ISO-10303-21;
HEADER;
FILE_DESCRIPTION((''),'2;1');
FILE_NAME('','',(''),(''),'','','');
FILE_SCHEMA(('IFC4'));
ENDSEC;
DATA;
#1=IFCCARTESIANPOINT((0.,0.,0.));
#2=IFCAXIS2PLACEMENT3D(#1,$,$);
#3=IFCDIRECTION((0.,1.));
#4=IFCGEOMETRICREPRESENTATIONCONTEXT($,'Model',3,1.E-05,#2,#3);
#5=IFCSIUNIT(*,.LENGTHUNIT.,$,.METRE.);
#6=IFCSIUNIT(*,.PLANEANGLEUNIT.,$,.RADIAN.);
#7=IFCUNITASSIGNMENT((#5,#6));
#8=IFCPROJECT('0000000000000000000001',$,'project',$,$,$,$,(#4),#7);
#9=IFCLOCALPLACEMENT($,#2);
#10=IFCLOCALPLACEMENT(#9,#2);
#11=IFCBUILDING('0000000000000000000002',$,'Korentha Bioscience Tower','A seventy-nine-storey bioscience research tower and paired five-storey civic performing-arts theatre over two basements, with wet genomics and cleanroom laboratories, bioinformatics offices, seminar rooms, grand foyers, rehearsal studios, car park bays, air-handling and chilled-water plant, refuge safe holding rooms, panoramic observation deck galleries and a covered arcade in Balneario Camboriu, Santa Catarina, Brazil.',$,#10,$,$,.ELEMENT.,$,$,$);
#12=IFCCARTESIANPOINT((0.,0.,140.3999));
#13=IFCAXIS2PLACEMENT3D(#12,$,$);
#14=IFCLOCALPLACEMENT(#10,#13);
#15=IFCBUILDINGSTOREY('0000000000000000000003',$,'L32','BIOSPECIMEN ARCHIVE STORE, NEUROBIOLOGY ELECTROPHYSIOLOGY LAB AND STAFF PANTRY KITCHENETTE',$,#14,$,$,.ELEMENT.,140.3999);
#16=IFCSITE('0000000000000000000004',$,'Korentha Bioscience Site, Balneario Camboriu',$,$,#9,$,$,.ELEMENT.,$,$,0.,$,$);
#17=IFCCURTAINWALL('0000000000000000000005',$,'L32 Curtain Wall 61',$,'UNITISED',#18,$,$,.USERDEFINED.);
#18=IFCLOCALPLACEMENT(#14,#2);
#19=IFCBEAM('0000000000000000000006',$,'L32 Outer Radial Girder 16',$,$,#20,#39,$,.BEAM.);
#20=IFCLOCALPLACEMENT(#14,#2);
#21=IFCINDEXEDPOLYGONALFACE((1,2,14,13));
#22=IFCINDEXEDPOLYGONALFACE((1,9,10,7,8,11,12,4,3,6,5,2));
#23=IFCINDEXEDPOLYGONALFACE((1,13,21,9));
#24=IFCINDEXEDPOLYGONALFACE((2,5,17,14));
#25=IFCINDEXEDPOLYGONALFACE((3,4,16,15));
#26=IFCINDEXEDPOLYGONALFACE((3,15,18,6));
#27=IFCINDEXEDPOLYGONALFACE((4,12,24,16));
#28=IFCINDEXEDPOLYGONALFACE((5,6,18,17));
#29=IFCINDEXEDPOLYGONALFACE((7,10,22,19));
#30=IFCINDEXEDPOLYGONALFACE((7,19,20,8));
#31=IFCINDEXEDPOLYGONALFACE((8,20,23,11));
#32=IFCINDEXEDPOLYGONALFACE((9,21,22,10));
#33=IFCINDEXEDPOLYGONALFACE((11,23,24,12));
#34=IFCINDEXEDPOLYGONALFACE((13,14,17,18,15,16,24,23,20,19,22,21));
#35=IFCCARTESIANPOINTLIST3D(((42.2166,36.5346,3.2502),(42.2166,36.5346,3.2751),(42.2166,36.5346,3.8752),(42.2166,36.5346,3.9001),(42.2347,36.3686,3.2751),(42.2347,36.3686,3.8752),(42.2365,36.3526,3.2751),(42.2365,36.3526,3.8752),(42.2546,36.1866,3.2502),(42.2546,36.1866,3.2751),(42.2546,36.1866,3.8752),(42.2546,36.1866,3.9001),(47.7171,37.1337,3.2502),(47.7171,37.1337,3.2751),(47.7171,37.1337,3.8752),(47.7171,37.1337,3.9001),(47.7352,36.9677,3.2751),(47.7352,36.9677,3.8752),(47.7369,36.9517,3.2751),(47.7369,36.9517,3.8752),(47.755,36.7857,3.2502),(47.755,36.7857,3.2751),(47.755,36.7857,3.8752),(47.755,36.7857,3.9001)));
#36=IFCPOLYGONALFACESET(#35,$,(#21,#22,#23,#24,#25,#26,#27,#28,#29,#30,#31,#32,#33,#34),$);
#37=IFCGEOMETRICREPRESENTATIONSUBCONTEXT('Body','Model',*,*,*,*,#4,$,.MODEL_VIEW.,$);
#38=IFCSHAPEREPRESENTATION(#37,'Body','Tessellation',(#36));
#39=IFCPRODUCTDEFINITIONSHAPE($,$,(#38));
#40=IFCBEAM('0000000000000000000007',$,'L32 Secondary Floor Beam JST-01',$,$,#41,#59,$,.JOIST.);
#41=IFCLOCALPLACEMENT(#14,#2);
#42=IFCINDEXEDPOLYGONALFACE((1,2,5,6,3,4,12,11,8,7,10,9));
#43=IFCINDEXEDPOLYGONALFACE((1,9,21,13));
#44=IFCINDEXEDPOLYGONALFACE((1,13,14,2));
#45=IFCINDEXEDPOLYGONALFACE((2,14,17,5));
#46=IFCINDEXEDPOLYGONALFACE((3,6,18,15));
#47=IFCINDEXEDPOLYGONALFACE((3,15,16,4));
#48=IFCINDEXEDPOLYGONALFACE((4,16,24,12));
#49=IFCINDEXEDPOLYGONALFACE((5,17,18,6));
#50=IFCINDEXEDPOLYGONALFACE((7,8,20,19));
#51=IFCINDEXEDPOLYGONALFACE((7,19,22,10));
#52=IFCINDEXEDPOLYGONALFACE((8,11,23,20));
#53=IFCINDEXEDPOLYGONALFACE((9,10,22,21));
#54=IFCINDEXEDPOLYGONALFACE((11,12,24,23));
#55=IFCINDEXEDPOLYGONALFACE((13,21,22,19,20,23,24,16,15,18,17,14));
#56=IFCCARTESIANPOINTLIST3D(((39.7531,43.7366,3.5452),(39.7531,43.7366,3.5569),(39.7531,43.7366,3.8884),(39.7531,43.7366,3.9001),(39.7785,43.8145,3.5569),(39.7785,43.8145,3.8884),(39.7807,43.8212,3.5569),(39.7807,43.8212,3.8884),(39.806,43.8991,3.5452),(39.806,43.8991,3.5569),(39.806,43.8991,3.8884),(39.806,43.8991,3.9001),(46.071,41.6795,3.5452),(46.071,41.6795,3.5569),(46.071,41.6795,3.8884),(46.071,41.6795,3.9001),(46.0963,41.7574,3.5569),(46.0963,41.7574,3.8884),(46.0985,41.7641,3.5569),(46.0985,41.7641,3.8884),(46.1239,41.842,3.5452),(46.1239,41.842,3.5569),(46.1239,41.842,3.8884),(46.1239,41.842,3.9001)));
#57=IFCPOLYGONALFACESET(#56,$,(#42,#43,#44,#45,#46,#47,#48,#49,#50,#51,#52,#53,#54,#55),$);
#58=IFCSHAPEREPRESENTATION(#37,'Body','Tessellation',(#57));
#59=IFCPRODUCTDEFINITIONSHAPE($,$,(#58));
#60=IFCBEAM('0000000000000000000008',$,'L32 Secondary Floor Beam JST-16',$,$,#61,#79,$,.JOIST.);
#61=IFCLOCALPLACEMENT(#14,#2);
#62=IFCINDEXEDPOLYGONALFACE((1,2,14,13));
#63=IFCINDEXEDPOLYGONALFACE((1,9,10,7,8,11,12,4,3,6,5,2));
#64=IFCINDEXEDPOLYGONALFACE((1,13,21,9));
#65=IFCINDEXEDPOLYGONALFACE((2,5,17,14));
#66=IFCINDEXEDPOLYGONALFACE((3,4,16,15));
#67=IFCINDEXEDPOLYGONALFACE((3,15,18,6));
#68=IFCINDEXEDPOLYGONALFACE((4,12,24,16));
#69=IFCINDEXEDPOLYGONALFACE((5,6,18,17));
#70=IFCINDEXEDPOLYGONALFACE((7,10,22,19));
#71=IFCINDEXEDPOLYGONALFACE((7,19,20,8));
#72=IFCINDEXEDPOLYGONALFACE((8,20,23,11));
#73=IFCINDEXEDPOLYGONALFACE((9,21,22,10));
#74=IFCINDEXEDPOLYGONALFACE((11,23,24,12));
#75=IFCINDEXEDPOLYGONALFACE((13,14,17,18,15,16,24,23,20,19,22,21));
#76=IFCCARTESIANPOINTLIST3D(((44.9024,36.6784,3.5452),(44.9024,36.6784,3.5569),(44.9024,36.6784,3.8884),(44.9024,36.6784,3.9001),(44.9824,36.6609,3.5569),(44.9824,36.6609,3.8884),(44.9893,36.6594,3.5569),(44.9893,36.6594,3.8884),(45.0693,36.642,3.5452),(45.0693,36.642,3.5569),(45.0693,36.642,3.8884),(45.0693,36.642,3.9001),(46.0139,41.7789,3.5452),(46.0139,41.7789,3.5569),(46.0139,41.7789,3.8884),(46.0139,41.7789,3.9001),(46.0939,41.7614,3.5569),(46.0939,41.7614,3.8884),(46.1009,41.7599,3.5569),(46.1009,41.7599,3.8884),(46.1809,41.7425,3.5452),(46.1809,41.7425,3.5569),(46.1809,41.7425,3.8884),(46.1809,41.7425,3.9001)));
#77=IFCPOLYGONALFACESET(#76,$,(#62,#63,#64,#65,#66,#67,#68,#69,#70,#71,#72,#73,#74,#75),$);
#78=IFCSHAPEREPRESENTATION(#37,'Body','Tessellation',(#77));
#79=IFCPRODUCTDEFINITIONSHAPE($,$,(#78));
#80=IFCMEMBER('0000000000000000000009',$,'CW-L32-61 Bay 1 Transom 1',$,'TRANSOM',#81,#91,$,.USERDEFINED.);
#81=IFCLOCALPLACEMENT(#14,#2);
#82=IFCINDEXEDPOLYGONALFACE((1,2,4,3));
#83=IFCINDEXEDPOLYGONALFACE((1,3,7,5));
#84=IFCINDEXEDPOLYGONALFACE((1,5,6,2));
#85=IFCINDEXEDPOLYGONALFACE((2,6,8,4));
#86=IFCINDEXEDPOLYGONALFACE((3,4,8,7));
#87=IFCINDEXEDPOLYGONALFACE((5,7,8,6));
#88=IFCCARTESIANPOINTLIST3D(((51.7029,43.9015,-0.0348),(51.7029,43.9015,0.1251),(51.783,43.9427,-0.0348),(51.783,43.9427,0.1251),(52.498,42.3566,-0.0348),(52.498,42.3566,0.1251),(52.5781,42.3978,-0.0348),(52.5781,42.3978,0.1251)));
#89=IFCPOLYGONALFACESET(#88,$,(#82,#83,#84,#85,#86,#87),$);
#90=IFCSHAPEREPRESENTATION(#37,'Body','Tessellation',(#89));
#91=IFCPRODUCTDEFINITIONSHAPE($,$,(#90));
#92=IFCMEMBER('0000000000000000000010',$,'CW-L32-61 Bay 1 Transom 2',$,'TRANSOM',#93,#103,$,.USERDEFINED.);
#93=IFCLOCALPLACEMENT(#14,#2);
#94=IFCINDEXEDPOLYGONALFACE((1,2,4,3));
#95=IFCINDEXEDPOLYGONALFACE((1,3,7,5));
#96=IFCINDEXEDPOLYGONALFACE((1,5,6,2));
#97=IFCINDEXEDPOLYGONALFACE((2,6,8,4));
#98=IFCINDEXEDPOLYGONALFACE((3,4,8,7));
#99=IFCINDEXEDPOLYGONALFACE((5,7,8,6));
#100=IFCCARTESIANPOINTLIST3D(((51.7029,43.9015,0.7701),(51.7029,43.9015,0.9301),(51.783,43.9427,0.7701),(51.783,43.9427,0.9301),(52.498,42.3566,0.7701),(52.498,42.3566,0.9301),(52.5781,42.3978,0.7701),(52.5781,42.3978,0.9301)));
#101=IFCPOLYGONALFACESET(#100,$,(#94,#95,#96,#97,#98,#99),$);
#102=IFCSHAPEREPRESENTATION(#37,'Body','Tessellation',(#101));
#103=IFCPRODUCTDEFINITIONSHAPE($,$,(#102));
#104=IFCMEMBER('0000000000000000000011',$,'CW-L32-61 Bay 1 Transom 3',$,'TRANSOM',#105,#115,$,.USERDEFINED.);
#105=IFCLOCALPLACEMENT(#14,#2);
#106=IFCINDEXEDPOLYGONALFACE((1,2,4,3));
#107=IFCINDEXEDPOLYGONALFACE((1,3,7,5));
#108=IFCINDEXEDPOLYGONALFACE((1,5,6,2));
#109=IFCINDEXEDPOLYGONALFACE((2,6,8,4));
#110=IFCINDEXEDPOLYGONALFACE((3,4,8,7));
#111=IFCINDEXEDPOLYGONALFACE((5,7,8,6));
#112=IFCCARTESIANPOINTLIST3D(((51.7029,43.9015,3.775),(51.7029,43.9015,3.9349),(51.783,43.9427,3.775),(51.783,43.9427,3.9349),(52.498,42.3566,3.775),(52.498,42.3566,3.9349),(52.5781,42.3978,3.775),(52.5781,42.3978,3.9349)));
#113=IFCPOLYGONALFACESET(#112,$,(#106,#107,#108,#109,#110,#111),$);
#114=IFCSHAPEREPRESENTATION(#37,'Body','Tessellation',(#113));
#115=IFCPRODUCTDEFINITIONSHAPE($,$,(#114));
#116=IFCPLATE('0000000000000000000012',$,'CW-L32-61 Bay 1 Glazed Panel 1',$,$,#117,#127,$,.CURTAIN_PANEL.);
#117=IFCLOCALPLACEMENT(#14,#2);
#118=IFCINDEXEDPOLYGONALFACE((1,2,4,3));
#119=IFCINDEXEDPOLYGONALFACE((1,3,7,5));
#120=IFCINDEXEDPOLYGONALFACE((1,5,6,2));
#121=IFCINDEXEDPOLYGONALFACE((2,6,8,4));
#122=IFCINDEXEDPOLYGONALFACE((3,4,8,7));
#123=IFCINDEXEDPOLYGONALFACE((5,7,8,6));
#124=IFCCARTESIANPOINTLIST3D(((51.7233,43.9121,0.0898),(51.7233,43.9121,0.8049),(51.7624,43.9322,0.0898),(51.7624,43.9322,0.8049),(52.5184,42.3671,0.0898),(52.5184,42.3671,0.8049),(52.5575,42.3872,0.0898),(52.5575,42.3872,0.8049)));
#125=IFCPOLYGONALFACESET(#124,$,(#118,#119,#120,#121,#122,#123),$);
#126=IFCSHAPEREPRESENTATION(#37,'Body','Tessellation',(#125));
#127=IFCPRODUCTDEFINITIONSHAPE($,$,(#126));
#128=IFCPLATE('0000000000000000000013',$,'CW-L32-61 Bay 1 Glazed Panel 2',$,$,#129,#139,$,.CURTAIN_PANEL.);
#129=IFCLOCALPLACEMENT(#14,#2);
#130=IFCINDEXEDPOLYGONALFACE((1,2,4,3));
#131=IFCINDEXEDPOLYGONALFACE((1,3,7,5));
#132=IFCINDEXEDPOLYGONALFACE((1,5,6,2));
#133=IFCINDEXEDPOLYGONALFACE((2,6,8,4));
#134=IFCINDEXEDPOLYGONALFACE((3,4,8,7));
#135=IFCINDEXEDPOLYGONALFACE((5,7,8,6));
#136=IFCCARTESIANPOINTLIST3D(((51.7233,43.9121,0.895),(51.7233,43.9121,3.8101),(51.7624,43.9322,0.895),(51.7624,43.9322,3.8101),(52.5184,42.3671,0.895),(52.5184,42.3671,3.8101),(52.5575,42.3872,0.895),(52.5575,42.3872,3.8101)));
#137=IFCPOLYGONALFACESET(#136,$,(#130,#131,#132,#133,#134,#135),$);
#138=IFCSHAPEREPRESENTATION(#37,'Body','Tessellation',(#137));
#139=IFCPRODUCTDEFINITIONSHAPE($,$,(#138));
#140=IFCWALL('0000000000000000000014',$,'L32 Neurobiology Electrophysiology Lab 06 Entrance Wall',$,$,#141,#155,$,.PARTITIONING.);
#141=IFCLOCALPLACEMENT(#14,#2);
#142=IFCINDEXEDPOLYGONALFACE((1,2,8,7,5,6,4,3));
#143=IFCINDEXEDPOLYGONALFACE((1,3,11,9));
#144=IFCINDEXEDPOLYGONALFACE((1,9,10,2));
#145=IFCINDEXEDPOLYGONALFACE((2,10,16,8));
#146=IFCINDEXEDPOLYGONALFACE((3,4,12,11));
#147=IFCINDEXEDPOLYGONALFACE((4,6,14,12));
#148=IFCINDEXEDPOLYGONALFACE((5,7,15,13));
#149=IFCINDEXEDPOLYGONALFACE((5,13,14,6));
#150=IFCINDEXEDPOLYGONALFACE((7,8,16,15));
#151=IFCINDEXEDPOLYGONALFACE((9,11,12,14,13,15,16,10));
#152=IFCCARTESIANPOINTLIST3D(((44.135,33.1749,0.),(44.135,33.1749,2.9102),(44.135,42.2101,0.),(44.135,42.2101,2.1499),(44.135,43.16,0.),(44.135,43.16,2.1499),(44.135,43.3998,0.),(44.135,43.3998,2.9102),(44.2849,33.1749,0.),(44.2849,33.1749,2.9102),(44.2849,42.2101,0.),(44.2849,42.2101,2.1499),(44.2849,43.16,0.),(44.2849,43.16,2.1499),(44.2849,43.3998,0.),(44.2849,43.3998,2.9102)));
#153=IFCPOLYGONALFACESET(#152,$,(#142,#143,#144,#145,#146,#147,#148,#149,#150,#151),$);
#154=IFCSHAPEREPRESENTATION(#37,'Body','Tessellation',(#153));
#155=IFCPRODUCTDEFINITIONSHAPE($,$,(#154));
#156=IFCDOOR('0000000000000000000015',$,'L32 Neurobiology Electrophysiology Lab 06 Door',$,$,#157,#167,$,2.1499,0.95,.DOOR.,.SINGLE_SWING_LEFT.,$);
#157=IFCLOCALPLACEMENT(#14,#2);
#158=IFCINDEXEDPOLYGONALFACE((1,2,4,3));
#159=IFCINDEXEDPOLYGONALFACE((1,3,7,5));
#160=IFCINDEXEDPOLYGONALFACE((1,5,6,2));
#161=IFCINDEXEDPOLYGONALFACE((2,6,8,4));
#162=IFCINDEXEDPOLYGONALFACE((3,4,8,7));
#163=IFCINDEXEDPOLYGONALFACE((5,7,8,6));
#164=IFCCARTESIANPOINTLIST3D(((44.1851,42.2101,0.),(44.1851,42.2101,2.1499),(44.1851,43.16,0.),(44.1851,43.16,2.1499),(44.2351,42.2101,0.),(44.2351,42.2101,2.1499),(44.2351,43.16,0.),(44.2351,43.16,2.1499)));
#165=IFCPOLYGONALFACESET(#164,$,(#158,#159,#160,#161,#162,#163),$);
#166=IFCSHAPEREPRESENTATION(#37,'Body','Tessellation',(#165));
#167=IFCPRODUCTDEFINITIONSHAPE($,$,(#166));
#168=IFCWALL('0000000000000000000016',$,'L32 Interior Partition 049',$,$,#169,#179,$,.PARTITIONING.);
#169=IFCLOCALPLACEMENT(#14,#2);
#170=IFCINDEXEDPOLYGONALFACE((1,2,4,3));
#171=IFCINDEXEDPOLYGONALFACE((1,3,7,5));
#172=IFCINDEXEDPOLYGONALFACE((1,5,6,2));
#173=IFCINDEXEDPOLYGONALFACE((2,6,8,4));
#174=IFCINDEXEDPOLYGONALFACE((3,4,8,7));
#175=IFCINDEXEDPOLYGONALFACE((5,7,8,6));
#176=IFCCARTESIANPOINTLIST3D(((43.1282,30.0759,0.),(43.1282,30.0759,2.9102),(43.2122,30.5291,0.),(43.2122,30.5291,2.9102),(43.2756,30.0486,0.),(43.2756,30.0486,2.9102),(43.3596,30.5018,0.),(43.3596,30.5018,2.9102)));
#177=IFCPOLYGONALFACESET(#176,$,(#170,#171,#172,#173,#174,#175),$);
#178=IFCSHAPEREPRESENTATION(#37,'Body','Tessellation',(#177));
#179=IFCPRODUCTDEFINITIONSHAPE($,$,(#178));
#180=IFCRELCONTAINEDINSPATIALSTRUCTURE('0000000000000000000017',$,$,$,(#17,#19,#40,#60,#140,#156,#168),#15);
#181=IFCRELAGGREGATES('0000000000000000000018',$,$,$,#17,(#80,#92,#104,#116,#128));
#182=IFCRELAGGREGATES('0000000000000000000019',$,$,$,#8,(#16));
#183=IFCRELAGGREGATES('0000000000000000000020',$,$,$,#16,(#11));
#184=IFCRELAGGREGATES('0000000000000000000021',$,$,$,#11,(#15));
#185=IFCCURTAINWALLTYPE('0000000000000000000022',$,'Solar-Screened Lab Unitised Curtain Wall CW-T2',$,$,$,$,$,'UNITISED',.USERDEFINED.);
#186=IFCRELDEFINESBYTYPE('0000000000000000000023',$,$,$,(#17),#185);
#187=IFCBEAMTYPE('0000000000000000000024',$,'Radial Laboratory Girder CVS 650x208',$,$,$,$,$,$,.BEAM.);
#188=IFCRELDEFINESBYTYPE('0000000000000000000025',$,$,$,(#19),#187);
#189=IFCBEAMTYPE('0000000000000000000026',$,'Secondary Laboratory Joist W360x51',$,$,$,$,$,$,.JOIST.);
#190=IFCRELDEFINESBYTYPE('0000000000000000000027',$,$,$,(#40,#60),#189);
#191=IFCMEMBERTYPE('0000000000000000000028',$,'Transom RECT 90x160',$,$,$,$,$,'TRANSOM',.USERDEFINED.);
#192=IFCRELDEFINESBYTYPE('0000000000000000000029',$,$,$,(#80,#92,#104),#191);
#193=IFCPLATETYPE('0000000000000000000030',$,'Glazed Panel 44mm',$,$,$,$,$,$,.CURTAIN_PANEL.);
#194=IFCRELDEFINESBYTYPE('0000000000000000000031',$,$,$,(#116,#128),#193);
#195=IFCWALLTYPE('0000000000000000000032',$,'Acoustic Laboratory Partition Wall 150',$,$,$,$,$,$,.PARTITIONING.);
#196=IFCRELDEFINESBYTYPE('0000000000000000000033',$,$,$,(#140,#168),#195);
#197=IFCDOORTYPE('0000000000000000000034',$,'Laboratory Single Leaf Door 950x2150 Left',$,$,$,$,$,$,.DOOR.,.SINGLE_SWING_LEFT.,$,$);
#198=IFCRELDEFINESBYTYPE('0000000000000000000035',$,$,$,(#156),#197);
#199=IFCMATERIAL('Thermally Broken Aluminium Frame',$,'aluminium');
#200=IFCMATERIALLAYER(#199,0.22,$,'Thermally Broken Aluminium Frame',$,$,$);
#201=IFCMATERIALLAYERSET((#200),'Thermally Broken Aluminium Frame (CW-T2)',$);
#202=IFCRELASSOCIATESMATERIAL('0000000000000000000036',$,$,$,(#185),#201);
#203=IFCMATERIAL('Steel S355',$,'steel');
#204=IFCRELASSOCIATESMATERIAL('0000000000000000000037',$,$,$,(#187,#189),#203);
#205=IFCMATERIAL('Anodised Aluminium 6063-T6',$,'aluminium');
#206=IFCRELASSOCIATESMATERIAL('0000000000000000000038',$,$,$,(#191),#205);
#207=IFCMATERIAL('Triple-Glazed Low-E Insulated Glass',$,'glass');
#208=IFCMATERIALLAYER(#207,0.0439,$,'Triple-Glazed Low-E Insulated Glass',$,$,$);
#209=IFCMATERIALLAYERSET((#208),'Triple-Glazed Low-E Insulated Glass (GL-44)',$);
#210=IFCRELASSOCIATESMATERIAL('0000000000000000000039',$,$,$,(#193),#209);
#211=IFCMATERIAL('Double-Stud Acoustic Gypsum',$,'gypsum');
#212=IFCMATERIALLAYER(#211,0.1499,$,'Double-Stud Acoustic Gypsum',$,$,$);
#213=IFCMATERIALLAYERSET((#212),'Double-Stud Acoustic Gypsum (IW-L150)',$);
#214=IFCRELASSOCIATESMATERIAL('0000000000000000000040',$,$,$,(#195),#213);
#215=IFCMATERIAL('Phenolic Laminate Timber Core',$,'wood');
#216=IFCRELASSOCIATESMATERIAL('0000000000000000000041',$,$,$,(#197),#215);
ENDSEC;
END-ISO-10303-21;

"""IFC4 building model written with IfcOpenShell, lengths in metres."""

from ifc_helpers import new_model, si_unit, direction, frame, frame_2d, origin, origin_2d, place, context, subcontext, project, spatial, rectangle, i_section, extrude, material, layer, layer_set, material_profile, profile_set, type_object, element, fill, aggregate, save


model = new_model("IFC4")

# Units and contexts
model_context = context("Model", 3, precision=1e-05, world=origin(), true_north=direction((0.0, 1.0)))
body_context = subcontext(model_context, "Body", "Model", "MODEL_VIEW")
ifc_project = project(units=[si_unit("LENGTHUNIT", "METRE"), si_unit("PLANEANGLEUNIT", "RADIAN")], contexts=[model_context])

# Site, building, storey
site_placement = place(None, origin())
site = spatial("IfcSite", under=ifc_project, at=site_placement, Name="Korentha Bioscience Site, Balneario Camboriu", CompositionType="ELEMENT", RefElevation=0.0)
building_placement = place(site_placement, origin())
building = spatial("IfcBuilding", under=site, at=building_placement, Name="Korentha Bioscience Tower", Description="A seventy-nine-storey bioscience research tower and paired five-storey civic performing-arts theatre over two basements, with wet genomics and cleanroom laboratories, bioinformatics offices, seminar rooms, grand foyers, rehearsal studios, car park bays, air-handling and chilled-water plant, refuge safe holding rooms, panoramic observation deck galleries and a covered arcade in Balneario Camboriu, Santa Catarina, Brazil.", CompositionType="ELEMENT")
storey_placement = place(building_placement, frame((0.0, 0.0, 140.3999)))
storey = spatial("IfcBuildingStorey", under=building, at=storey_placement, Name="L32", Description="BIOSPECIMEN ARCHIVE STORE, NEUROBIOLOGY ELECTROPHYSIOLOGY LAB AND STAFF PANTRY KITCHENETTE", CompositionType="ELEMENT", Elevation=140.3999)

# Shared definitions
ifc_material_1 = material(Name="Steel S355", Category="steel")

# Curtain wall
ifc_material_2 = material(Name="Thermally Broken Aluminium Frame", Category="aluminium")
ifc_layer_1 = layer(ifc_material_2, 0.22, Name="Thermally Broken Aluminium Frame")
ifc_layer_set_1 = layer_set([ifc_layer_1], Name="Thermally Broken Aluminium Frame (CW-T2)")
curtain_wall_type = type_object("IfcCurtainWallType", Name="Solar-Screened Lab Unitised Curtain Wall CW-T2", ElementType="UNITISED", PredefinedType="USERDEFINED", material=ifc_layer_set_1)
curtain_wall_placement = place(storey_placement, origin())
curtain_wall = element("IfcCurtainWall", 1, at=curtain_wall_placement, inside=storey, type_object=curtain_wall_type, Name="L32 Curtain Wall 61", ObjectType="UNITISED", PredefinedType="USERDEFINED")
ifc_material_3 = material(Name="Anodised Aluminium 6063-T6", Category="aluminium")

# Beams
ifc_material_profile_1 = material_profile(ifc_material_1, i_section(OverallWidth=0.3501, OverallDepth=0.6499, WebThickness=0.0161, FlangeThickness=0.0249, at=origin_2d()), Name="Steel S355")
ifc_profile_set_1 = profile_set([ifc_material_profile_1], Name="Steel S355 (RB-650)")
beam_type_1 = type_object("IfcBeamType", Name="Radial Laboratory Girder CVS 650x208", PredefinedType="BEAM", material=ifc_profile_set_1)
beam_1_placement = place(storey_placement, frame((42.2356, 36.3606, 3.5752), z_axis=(0.99412, 0.108281, 0.0), x_axis=(-0.108281, 0.99412, 0.0)))
element("IfcBeam", 2, at=beam_1_placement, inside=storey, type_object=beam_type_1, Name="L32 Outer Radial Girder 16", PredefinedType="BEAM", context=body_context, shape_type="SweptSolid", body=[
    extrude(i_section(OverallWidth=0.3501, OverallDepth=0.6499, WebThickness=0.0161, FlangeThickness=0.0249, at=origin_2d()), origin(), (0.0, 0.0, 1.0), 5.533),
])
ifc_material_profile_2 = material_profile(ifc_material_1, i_section(OverallWidth=0.1709, OverallDepth=0.355, WebThickness=0.0071, FlangeThickness=0.0117, at=origin_2d()), Name="Steel S355")
ifc_profile_set_2 = profile_set([ifc_material_profile_2], Name="Steel S355 (JB-360)")
beam_type_2 = type_object("IfcBeamType", Name="Secondary Laboratory Joist W360x51", PredefinedType="JOIST", material=ifc_profile_set_2)
beam_2_placement = place(storey_placement, frame((46.0974, 41.7607, 3.7227), z_axis=(-0.950865, 0.309606, 0.0), x_axis=(-0.309606, -0.950865, 0.0)))
element("IfcBeam", 3, at=beam_2_placement, inside=storey, type_object=beam_type_2, Name="L32 Secondary Floor Beam JST-01", PredefinedType="JOIST", context=body_context, shape_type="SweptSolid", body=[
    extrude(i_section(OverallWidth=0.1709, OverallDepth=0.355, WebThickness=0.0071, FlangeThickness=0.0117, at=origin_2d()), origin(), (0.0, 0.0, 1.0), 6.6443),
])
beam_3_placement = place(storey_placement, frame((44.9858, 36.6602, 3.7227), z_axis=(0.212932, 0.977067, 0.0), x_axis=(-0.977067, 0.212932, 0.0)))
element("IfcBeam", 4, at=beam_3_placement, inside=storey, type_object=beam_type_2, Name="L32 Secondary Floor Beam JST-16", PredefinedType="JOIST", context=body_context, shape_type="SweptSolid", body=[
    extrude(i_section(OverallWidth=0.1709, OverallDepth=0.355, WebThickness=0.0071, FlangeThickness=0.0117, at=origin_2d()), origin(), (0.0, 0.0, 1.0), 5.2202),
])

# Members
ifc_material_profile_3 = material_profile(ifc_material_3, rectangle(XDim=0.0901, YDim=0.1599, at=origin_2d()), Name="Anodised Aluminium 6063-T6")
ifc_profile_set_3 = profile_set([ifc_material_profile_3], Name="Anodised Aluminium 6063-T6 (CW-TRN)")
member_type_1 = type_object("IfcMemberType", Name="Transom RECT 90x160", ElementType="TRANSOM", PredefinedType="USERDEFINED", material=ifc_profile_set_3)
member_1_placement = place(storey_placement, frame((52.5381, 42.3772, 0.0452), z_axis=(-0.457637, 0.889139, 0.0), x_axis=(-0.889139, -0.457637, 0.0)))
member_1 = element("IfcMember", 5, at=member_1_placement, type_object=member_type_1, Name="CW-L32-61 Bay 1 Transom 1", ObjectType="TRANSOM", PredefinedType="USERDEFINED", context=body_context, shape_type="SweptSolid", body=[
    extrude(rectangle(XDim=0.0901, YDim=0.1599, at=origin_2d()), origin(), (0.0, 0.0, 1.0), 1.7375),
])
member_2_placement = place(storey_placement, frame((52.5381, 42.3772, 0.8501), z_axis=(-0.457637, 0.889139, 0.0), x_axis=(-0.889139, -0.457637, 0.0)))
member_2 = element("IfcMember", 6, at=member_2_placement, type_object=member_type_1, Name="CW-L32-61 Bay 1 Transom 2", ObjectType="TRANSOM", PredefinedType="USERDEFINED", context=body_context, shape_type="SweptSolid", body=[
    extrude(rectangle(XDim=0.0901, YDim=0.1599, at=origin_2d()), origin(), (0.0, 0.0, 1.0), 1.7375),
])
member_3_placement = place(storey_placement, frame((52.5381, 42.3772, 3.855), z_axis=(-0.457637, 0.889139, 0.0), x_axis=(-0.889139, -0.457637, 0.0)))
member_3 = element("IfcMember", 7, at=member_3_placement, type_object=member_type_1, Name="CW-L32-61 Bay 1 Transom 3", ObjectType="TRANSOM", PredefinedType="USERDEFINED", context=body_context, shape_type="SweptSolid", body=[
    extrude(rectangle(XDim=0.0901, YDim=0.1599, at=origin_2d()), origin(), (0.0, 0.0, 1.0), 1.7375),
])

# Plates
ifc_material_4 = material(Name="Triple-Glazed Low-E Insulated Glass", Category="glass")
ifc_layer_2 = layer(ifc_material_4, 0.0439, Name="Triple-Glazed Low-E Insulated Glass")
ifc_layer_set_2 = layer_set([ifc_layer_2], Name="Triple-Glazed Low-E Insulated Glass (GL-44)")
plate_type = type_object("IfcPlateType", Name="Glazed Panel 44mm", PredefinedType="CURTAIN_PANEL", material=ifc_layer_set_2)
plate_1_placement = place(storey_placement, frame((52.1404, 43.1497, 0.0898), z_axis=(0.0, 0.0, 1.0), x_axis=(-0.457613, 0.889151, 0.0)))
plate_1 = element("IfcPlate", 8, at=plate_1_placement, type_object=plate_type, Name="CW-L32-61 Bay 1 Glazed Panel 1", PredefinedType="CURTAIN_PANEL", context=body_context, shape_type="SweptSolid", body=[
    extrude(rectangle(XDim=1.7375, YDim=0.0439, at=origin_2d()), origin(), (0.0, 0.0, 1.0), 0.7151),
])
plate_2_placement = place(storey_placement, frame((52.1404, 43.1497, 0.895), z_axis=(0.0, 0.0, 1.0), x_axis=(-0.457613, 0.889151, 0.0)))
plate_2 = element("IfcPlate", 9, at=plate_2_placement, type_object=plate_type, Name="CW-L32-61 Bay 1 Glazed Panel 2", PredefinedType="CURTAIN_PANEL", context=body_context, shape_type="SweptSolid", body=[
    extrude(rectangle(XDim=1.7375, YDim=0.0439, at=origin_2d()), origin(), (0.0, 0.0, 1.0), 2.915),
])
aggregate(curtain_wall, [member_1, member_2, member_3, plate_1, plate_2])

# Wall, opening, door
ifc_material_5 = material(Name="Double-Stud Acoustic Gypsum", Category="gypsum")
ifc_layer_3 = layer(ifc_material_5, 0.1499, Name="Double-Stud Acoustic Gypsum")
ifc_layer_set_3 = layer_set([ifc_layer_3], Name="Double-Stud Acoustic Gypsum (IW-L150)")
wall_type_1 = type_object("IfcWallType", Name="Acoustic Laboratory Partition Wall 150", PredefinedType="PARTITIONING", material=ifc_layer_set_3)
wall_1_placement = place(storey_placement, frame((44.21, 33.175, 0.0), z_axis=(0.0, 0.0, 1.0), x_axis=(0.0, 1.0, 0.0)))
wall_1 = element("IfcWall", 10, at=wall_1_placement, inside=storey, type_object=wall_type_1, Name="L32 Neurobiology Electrophysiology Lab 06 Entrance Wall", PredefinedType="PARTITIONING", context=body_context, shape_type="SweptSolid", body=[
    extrude(rectangle(XDim=10.2249, YDim=0.1499, at=frame_2d((5.1123, 0.0))), origin(), (0.0, 0.0, 1.0), 2.9102),
])
opening_placement = place(wall_1_placement, frame((9.0349, 0.0, 0.0)))
opening = element("IfcOpeningElement", 11, at=opening_placement, cuts=wall_1, PredefinedType="OPENING", context=body_context, shape_type="SweptSolid", body=[
    extrude(rectangle(XDim=0.95, YDim=2.1499, at=frame_2d((0.4751, 1.075))), frame((0.0, 0.0898, 0.0), z_axis=(0.0, -1.0, 0.0), x_axis=(1.0, 0.0, 0.0)), (0.0, 0.0, 1.0), 0.1797),
])
ifc_material_6 = material(Name="Phenolic Laminate Timber Core", Category="wood")
door_type = type_object("IfcDoorType", Name="Laboratory Single Leaf Door 950x2150 Left", OperationType="SINGLE_SWING_LEFT", PredefinedType="DOOR", material=ifc_material_6)
door_placement = place(opening_placement, origin())
door = element("IfcDoor", 12, at=door_placement, inside=storey, type_object=door_type, Name="L32 Neurobiology Electrophysiology Lab 06 Door", OperationType="SINGLE_SWING_LEFT", OverallHeight=2.1499, OverallWidth=0.95, PredefinedType="DOOR", context=body_context, shape_type="SweptSolid", body=[
    extrude(rectangle(XDim=0.95, YDim=2.1499, at=frame_2d((0.4751, 1.075))), frame((0.0, 0.0249, 0.0), z_axis=(0.0, -1.0, 0.0), x_axis=(1.0, 0.0, 0.0)), (0.0, 0.0, 1.0), 0.05),
])
fill(opening, door)

# Wall
wall_2_placement = place(storey_placement, frame((43.2019, 30.0623, 0.0), z_axis=(0.0, 0.0, 1.0), x_axis=(0.182241, 0.983254, 0.0)))
element("IfcWall", 13, at=wall_2_placement, inside=storey, type_object=wall_type_1, Name="L32 Interior Partition 049", PredefinedType="PARTITIONING", context=body_context, shape_type="SweptSolid", body=[
    extrude(rectangle(XDim=0.4609, YDim=0.1499, at=frame_2d((0.2305, 0.0))), origin(), (0.0, 0.0, 1.0), 2.9102),
])

save(model, "model.ifc")
